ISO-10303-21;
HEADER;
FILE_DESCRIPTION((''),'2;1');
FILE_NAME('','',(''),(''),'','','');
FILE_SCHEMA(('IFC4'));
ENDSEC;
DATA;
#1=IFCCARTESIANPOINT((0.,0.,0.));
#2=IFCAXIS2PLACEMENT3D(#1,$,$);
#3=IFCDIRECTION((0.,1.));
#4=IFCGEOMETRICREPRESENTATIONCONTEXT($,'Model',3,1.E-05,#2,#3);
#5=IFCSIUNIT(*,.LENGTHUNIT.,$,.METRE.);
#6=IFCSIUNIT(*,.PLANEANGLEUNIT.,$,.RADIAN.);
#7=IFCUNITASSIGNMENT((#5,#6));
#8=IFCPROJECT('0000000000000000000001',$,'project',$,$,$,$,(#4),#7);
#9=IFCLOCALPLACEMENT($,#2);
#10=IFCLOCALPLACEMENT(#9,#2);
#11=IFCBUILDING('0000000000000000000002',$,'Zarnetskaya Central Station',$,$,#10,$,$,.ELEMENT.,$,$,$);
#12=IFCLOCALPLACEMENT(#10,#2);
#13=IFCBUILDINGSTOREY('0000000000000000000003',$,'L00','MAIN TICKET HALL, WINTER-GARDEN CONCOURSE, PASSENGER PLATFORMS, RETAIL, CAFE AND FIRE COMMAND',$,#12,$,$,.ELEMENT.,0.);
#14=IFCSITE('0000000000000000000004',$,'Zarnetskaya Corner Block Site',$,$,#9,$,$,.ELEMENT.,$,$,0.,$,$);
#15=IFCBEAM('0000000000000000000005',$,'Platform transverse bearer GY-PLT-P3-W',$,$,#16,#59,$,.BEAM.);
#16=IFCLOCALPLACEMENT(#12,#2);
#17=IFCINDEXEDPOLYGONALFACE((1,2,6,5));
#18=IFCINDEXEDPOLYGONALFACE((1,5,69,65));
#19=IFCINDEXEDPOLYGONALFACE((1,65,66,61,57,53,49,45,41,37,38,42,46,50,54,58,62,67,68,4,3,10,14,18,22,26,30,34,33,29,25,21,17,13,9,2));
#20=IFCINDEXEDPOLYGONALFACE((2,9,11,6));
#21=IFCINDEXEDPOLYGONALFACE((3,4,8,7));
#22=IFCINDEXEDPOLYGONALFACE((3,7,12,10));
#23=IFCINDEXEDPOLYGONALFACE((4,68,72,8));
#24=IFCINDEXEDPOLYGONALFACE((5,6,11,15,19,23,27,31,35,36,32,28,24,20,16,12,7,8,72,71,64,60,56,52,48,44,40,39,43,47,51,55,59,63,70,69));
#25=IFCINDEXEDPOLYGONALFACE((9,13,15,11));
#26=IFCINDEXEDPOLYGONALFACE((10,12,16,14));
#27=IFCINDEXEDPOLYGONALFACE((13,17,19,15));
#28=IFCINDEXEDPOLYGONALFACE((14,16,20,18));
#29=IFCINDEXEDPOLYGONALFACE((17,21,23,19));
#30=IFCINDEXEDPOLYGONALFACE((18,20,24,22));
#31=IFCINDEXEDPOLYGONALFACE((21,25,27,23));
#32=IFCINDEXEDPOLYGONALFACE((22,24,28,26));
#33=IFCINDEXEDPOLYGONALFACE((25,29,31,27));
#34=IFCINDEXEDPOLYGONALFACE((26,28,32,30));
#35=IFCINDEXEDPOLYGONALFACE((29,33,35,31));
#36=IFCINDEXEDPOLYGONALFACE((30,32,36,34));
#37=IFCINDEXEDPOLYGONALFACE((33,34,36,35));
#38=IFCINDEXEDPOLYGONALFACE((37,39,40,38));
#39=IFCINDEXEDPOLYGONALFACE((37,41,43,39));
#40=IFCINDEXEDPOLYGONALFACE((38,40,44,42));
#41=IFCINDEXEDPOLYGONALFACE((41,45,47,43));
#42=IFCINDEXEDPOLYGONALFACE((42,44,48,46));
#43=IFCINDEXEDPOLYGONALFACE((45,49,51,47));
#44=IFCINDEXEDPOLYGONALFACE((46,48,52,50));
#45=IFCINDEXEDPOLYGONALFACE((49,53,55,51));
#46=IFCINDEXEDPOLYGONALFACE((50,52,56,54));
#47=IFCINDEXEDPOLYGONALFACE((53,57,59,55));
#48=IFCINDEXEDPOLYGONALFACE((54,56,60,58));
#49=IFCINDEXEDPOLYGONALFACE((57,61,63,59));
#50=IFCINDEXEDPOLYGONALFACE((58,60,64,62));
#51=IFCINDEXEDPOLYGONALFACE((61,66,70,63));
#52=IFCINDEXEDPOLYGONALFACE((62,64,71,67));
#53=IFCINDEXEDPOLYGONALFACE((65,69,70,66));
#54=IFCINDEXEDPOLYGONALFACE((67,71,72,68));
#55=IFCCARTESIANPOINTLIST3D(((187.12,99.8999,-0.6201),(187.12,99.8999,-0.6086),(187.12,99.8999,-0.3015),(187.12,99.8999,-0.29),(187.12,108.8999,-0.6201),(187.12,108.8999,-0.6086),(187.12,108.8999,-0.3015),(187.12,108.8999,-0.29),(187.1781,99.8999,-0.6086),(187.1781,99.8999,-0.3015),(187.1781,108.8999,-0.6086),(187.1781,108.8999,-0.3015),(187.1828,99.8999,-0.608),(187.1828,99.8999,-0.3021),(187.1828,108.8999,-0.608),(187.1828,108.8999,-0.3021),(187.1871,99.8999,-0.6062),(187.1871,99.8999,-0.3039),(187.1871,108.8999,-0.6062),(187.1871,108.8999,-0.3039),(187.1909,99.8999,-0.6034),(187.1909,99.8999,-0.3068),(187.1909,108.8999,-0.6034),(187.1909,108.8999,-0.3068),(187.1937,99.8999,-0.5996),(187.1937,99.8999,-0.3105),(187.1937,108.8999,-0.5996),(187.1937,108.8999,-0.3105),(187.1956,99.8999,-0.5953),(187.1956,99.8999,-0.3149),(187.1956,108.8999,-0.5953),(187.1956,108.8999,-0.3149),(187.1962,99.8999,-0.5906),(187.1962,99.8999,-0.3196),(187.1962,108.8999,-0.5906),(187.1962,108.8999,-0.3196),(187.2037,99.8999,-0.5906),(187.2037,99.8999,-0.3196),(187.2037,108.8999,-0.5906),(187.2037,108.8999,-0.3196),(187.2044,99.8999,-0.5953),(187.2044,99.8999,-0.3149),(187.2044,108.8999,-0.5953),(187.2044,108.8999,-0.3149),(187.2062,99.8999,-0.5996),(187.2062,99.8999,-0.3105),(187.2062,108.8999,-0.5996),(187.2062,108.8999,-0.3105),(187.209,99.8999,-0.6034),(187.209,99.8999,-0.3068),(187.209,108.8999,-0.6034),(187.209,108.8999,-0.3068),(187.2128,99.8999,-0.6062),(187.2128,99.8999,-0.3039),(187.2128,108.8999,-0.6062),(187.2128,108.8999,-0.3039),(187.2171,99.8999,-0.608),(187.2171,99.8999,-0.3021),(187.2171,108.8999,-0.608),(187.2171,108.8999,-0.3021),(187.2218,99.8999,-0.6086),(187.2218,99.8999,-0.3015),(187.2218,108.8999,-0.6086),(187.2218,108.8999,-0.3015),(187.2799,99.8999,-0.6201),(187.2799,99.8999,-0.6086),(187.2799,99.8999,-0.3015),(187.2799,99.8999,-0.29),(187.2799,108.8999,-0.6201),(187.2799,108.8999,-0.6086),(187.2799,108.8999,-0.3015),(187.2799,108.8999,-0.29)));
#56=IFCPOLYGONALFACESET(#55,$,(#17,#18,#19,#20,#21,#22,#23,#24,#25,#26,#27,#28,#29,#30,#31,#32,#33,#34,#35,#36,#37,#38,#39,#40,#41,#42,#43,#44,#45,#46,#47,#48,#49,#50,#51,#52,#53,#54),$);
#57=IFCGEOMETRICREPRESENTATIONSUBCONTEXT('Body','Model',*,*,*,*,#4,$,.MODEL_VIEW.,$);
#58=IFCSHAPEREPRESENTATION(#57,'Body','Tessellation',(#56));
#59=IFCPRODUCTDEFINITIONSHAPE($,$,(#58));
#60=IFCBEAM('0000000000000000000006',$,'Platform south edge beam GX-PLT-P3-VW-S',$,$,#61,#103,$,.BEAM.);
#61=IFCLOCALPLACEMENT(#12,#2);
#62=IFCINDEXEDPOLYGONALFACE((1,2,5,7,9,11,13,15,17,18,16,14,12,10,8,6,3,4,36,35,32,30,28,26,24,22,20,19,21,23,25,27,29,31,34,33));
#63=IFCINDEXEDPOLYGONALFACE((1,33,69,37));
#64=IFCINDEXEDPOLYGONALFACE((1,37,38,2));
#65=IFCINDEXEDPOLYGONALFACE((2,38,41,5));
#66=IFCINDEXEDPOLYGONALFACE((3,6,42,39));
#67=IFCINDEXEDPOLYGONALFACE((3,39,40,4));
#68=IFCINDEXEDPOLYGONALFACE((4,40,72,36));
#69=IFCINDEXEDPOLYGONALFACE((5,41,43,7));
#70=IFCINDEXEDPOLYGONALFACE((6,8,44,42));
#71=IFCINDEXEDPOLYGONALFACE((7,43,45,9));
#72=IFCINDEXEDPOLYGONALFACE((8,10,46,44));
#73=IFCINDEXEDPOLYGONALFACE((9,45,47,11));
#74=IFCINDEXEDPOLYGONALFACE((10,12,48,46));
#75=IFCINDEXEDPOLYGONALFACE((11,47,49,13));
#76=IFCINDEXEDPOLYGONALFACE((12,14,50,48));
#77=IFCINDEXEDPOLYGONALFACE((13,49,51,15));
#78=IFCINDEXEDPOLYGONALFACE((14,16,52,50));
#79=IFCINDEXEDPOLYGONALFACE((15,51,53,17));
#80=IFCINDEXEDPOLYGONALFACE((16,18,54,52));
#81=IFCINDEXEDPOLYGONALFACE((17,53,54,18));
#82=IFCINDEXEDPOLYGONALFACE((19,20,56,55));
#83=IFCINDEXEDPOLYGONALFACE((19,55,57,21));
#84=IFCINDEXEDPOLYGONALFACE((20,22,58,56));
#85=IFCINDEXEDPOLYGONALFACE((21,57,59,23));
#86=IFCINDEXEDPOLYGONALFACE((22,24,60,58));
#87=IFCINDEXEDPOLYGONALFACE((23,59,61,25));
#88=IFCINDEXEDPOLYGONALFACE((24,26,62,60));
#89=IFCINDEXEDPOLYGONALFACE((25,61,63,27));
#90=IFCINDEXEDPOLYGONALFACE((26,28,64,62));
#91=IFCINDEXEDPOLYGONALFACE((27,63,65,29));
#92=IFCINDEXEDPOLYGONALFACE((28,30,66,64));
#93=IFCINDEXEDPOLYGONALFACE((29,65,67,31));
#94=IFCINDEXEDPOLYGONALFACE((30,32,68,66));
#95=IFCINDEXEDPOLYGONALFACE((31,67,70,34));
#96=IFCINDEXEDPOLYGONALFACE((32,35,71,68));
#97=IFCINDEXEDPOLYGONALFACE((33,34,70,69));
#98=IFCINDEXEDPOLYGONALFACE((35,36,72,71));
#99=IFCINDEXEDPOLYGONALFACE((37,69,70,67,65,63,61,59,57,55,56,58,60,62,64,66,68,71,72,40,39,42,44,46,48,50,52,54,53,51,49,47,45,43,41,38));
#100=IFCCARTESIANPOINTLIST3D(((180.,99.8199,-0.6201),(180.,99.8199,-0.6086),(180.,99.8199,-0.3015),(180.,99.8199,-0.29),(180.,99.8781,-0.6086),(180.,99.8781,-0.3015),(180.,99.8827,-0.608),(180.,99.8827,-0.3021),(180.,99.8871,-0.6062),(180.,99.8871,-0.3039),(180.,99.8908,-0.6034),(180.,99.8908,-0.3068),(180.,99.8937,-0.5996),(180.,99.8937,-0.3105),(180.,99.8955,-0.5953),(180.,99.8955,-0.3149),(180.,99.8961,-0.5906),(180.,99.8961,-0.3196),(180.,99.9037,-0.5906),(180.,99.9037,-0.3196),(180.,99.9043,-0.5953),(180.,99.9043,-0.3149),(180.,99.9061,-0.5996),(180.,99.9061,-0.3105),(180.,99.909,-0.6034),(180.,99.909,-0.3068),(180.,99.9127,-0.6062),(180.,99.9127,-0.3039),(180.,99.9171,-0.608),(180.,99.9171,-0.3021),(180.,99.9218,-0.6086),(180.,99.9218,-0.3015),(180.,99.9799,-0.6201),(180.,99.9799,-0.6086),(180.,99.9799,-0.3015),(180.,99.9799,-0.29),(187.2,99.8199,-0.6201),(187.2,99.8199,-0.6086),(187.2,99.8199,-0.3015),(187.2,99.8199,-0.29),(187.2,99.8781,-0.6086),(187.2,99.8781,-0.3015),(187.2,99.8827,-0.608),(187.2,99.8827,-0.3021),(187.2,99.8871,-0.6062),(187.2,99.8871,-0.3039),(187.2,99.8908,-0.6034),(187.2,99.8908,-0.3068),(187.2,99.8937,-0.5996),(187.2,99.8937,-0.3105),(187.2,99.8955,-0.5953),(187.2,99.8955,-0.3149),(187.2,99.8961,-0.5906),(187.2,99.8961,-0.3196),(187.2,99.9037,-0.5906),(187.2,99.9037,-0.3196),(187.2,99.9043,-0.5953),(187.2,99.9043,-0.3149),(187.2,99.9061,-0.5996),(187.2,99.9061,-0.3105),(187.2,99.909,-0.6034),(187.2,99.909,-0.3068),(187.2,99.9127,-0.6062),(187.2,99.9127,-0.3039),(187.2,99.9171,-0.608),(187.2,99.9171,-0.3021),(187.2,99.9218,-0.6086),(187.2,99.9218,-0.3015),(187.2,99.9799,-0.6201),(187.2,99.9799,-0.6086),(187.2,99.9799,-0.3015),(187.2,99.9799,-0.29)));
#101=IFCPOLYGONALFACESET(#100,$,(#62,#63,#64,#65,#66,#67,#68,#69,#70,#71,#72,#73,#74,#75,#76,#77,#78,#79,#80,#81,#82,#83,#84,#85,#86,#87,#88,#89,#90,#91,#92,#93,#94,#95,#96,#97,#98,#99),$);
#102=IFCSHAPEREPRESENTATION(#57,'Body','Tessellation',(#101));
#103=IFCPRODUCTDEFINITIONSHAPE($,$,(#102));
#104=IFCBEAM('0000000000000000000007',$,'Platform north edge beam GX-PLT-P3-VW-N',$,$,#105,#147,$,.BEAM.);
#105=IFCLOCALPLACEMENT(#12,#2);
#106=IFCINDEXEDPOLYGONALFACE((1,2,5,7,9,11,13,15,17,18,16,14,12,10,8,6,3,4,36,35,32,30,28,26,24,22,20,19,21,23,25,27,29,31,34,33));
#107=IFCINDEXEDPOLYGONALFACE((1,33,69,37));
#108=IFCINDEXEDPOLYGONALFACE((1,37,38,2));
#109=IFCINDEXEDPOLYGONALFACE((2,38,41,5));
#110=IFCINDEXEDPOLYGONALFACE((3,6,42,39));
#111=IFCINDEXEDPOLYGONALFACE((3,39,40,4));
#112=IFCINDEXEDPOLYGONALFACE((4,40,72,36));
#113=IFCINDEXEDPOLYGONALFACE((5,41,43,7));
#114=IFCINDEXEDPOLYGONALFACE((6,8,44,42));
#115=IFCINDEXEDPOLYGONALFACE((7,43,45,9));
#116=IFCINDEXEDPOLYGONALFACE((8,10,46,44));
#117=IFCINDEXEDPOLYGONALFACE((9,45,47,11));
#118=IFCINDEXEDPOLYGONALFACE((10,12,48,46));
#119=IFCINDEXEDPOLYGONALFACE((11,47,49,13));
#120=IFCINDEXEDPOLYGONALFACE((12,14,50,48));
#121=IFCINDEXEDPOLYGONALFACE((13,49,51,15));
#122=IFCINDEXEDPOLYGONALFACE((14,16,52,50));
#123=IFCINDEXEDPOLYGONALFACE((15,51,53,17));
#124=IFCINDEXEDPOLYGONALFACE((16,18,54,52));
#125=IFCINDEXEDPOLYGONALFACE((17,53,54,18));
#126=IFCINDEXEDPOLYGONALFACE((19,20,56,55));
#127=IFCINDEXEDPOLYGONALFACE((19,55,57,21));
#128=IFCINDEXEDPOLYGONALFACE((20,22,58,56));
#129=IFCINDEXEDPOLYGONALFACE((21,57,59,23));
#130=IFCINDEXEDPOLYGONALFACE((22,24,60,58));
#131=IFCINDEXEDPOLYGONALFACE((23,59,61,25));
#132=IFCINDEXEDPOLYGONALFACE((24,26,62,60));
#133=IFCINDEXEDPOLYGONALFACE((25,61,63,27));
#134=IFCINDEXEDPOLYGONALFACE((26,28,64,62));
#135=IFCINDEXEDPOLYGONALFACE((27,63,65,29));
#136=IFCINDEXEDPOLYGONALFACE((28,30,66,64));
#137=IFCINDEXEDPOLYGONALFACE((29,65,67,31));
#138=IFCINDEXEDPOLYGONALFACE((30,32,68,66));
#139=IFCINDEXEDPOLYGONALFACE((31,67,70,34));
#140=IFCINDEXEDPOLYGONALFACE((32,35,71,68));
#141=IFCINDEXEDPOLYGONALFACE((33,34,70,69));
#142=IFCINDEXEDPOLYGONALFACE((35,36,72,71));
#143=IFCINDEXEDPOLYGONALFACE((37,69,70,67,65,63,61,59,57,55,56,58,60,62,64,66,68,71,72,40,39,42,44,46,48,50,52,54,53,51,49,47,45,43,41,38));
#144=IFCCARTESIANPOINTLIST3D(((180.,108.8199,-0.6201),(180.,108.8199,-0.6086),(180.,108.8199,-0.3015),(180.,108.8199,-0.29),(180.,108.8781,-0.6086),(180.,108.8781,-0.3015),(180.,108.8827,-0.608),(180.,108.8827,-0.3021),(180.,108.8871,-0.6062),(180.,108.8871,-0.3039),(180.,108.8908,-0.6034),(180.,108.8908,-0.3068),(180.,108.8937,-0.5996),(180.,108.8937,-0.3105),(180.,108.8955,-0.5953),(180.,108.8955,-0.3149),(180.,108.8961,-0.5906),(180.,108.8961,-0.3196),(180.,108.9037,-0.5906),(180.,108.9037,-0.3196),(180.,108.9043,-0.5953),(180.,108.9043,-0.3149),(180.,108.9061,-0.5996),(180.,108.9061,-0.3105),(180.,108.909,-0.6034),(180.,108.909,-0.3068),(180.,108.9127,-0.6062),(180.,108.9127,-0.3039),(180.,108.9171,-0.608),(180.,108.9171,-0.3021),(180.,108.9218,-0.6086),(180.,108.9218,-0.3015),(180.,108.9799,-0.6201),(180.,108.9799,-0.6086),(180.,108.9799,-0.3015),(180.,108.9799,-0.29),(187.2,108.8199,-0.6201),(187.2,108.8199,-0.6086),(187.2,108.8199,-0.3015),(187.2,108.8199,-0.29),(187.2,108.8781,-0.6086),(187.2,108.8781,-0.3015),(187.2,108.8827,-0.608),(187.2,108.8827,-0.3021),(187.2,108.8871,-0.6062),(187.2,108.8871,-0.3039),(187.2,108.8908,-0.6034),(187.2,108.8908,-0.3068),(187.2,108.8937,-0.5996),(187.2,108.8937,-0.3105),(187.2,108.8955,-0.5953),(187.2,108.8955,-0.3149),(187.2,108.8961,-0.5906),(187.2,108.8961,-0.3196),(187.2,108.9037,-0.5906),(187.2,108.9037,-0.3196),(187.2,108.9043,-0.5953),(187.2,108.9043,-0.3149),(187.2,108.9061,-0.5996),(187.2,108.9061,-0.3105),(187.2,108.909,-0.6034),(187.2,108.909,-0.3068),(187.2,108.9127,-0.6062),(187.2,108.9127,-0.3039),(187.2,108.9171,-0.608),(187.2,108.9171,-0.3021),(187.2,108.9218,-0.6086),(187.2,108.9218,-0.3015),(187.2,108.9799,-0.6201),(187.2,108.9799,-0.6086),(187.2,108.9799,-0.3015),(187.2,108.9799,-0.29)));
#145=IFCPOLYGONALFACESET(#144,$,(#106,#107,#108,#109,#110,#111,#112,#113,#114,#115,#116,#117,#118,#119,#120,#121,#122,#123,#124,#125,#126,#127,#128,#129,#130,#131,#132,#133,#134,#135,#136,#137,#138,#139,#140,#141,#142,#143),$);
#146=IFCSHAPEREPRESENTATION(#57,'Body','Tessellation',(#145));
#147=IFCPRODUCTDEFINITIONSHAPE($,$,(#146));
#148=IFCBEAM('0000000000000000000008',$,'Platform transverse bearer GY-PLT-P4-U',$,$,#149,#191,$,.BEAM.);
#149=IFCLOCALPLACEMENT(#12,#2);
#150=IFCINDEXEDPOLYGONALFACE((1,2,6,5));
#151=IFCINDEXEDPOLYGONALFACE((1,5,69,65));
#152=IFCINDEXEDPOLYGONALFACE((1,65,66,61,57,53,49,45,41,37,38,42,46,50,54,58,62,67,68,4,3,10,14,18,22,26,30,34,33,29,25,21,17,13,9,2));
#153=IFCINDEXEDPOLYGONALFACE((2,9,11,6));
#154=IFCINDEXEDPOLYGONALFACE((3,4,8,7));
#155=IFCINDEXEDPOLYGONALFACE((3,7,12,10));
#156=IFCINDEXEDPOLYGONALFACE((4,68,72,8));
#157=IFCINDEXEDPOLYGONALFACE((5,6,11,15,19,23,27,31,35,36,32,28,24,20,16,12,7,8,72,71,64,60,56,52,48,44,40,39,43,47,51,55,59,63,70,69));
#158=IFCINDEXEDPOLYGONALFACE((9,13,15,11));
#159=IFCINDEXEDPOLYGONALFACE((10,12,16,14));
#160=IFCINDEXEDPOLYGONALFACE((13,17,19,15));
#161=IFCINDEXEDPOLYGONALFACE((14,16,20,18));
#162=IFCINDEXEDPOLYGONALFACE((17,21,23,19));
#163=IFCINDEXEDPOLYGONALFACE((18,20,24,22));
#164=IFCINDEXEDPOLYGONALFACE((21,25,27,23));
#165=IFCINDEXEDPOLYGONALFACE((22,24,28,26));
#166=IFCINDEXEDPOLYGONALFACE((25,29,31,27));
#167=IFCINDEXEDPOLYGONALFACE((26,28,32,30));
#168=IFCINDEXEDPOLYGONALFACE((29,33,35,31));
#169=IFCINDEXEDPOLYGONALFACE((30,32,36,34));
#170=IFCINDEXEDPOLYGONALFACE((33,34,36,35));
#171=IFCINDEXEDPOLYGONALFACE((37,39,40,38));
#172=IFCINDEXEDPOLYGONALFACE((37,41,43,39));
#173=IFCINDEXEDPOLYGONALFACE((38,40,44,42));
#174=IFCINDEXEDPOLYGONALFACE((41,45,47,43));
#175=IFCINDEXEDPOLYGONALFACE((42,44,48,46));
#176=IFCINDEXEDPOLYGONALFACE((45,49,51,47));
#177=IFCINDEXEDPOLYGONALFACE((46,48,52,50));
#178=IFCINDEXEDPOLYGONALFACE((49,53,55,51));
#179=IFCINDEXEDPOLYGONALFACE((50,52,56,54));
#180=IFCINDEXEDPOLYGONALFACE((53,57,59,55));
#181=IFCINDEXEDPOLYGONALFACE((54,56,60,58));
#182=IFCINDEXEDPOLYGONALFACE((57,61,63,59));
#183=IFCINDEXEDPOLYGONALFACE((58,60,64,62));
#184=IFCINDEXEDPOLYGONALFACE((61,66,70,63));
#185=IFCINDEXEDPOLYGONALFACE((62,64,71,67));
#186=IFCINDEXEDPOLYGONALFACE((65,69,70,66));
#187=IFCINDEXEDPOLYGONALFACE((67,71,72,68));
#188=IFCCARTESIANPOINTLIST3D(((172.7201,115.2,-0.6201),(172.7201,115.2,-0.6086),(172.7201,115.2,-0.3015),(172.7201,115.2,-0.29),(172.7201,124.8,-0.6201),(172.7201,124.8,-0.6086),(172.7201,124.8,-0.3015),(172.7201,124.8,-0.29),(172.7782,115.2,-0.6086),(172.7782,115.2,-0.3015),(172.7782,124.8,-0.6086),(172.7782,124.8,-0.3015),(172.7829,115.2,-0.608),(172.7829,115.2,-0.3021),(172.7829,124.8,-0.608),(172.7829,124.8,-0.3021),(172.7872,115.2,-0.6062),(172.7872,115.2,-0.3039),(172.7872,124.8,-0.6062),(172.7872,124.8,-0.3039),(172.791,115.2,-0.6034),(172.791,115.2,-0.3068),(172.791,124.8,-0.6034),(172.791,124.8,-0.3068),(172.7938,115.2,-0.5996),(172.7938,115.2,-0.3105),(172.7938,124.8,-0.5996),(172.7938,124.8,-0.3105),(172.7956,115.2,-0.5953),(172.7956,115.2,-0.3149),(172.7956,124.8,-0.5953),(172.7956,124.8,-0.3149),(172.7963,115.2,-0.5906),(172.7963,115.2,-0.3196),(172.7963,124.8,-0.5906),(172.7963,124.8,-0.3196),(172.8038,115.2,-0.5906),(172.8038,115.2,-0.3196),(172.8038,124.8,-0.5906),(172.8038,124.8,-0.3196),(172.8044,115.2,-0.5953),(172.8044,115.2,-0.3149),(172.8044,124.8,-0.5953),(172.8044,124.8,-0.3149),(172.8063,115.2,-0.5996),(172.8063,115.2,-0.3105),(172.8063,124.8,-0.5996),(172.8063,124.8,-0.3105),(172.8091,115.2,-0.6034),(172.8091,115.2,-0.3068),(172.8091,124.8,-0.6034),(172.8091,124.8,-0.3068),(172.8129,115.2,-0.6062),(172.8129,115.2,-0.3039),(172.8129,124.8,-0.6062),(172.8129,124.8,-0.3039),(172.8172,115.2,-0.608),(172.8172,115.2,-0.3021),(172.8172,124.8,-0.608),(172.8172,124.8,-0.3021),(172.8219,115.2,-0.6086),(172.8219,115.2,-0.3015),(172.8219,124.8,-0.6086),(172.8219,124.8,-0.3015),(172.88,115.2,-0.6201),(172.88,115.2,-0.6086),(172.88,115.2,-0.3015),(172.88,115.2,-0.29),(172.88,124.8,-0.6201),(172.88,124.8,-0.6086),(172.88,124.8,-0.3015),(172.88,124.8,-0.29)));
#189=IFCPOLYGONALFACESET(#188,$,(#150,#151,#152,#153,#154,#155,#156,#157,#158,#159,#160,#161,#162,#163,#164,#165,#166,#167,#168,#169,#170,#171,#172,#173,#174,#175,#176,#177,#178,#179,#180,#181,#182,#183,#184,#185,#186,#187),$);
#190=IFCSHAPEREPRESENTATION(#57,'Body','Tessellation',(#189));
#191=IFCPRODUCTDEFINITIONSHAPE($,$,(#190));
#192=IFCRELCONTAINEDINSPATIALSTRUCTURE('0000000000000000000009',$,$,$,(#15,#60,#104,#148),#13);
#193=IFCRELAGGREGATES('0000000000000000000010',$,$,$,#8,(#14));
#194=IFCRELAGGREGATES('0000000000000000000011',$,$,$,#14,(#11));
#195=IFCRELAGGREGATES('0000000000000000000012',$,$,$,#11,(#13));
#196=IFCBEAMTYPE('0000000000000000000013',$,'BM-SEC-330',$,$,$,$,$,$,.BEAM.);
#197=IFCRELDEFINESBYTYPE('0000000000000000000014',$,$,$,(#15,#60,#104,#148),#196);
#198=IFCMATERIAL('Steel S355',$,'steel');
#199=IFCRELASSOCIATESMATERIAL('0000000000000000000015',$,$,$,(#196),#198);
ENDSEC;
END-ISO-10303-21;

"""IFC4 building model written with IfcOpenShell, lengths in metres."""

from ifc_helpers import new_model, si_unit, direction, frame, origin, origin_2d, place, context, subcontext, project, spatial, i_section, extrude, material, material_profile, profile_set, type_object, element, save


model = new_model("IFC4")

# Units and contexts
model_context = context("Model", 3, precision=1e-05, world=origin(), true_north=direction((0.0, 1.0)))
body_context = subcontext(model_context, "Body", "Model", "MODEL_VIEW")
ifc_project = project(units=[si_unit("LENGTHUNIT", "METRE"), si_unit("PLANEANGLEUNIT", "RADIAN")], contexts=[model_context])

# Site, building, storey
site_placement = place(None, origin())
site = spatial("IfcSite", under=ifc_project, at=site_placement, Name="Zarnetskaya Corner Block Site", CompositionType="ELEMENT", RefElevation=0.0)
building_placement = place(site_placement, origin())
building = spatial("IfcBuilding", under=site, at=building_placement, Name="Zarnetskaya Central Station", CompositionType="ELEMENT")
storey_placement = place(building_placement, origin())
storey = spatial("IfcBuildingStorey", under=building, at=storey_placement, Name="L00", Description="MAIN TICKET HALL, WINTER-GARDEN CONCOURSE, PASSENGER PLATFORMS, RETAIL, CAFE AND FIRE COMMAND", CompositionType="ELEMENT", Elevation=0.0)

# Shared definitions
ifc_material = material(Name="Steel S355", Category="steel")

# Beams
ifc_material_profile_1 = material_profile(ifc_material, i_section(OverallWidth=0.1599, OverallDepth=0.3301, WebThickness=0.0076, FlangeThickness=0.0115, FilletRadius=0.0181, at=origin_2d()), Name="IPE 330")
ifc_profile_set_1 = profile_set([ifc_material_profile_1], Name="Steel S355")
beam_type_1 = type_object("IfcBeamType", Name="BM-SEC-330", PredefinedType="BEAM", material=ifc_profile_set_1)
for number, where, z_axis, x_axis, name in (
    (1, (187.2, 99.8999, -0.4551), (0.0, 1.0, 0.0), (-1.0, 0.0, 0.0), "Platform transverse bearer GY-PLT-P3-W"),
):
    element("IfcBeam", number, at=place(storey_placement, frame(where, z_axis=z_axis, x_axis=x_axis)), inside=storey, type_object=beam_type_1, Name=name, PredefinedType="BEAM", context=body_context, shape_type="SweptSolid", body=[
        extrude(i_section(OverallWidth=0.1599, OverallDepth=0.3301, WebThickness=0.0076, FlangeThickness=0.0115, FilletRadius=0.0181, at=origin_2d()), origin(), (0.0, 0.0, 1.0), 9.0),
    ])
for number, where, z_axis, x_axis, name in (
    (2, (180.0, 99.8999, -0.4551), (1.0, 0.0, 0.0), (0.0, 1.0, 0.0), "Platform south edge beam GX-PLT-P3-VW-S"),
    (3, (180.0, 108.8999, -0.4551), (1.0, 0.0, 0.0), (0.0, 1.0, 0.0), "Platform north edge beam GX-PLT-P3-VW-N"),
):
    element("IfcBeam", number, at=place(storey_placement, frame(where, z_axis=z_axis, x_axis=x_axis)), inside=storey, type_object=beam_type_1, Name=name, PredefinedType="BEAM", context=body_context, shape_type="SweptSolid", body=[
        extrude(i_section(OverallWidth=0.1599, OverallDepth=0.3301, WebThickness=0.0076, FlangeThickness=0.0115, FilletRadius=0.0181, at=origin_2d()), origin(), (0.0, 0.0, 1.0), 7.2),
    ])
beam_1_placement = place(storey_placement, frame((172.8, 115.2, -0.4551), z_axis=(0.0, 1.0, 0.0), x_axis=(-1.0, 0.0, 0.0)))
element("IfcBeam", 4, at=beam_1_placement, inside=storey, type_object=beam_type_1, Name="Platform transverse bearer GY-PLT-P4-U", PredefinedType="BEAM", context=body_context, shape_type="SweptSolid", body=[
    extrude(i_section(OverallWidth=0.1599, OverallDepth=0.3301, WebThickness=0.0076, FlangeThickness=0.0115, FilletRadius=0.0181, at=origin_2d()), origin(), (0.0, 0.0, 1.0), 9.6001),
])

save(model, "model.ifc")
